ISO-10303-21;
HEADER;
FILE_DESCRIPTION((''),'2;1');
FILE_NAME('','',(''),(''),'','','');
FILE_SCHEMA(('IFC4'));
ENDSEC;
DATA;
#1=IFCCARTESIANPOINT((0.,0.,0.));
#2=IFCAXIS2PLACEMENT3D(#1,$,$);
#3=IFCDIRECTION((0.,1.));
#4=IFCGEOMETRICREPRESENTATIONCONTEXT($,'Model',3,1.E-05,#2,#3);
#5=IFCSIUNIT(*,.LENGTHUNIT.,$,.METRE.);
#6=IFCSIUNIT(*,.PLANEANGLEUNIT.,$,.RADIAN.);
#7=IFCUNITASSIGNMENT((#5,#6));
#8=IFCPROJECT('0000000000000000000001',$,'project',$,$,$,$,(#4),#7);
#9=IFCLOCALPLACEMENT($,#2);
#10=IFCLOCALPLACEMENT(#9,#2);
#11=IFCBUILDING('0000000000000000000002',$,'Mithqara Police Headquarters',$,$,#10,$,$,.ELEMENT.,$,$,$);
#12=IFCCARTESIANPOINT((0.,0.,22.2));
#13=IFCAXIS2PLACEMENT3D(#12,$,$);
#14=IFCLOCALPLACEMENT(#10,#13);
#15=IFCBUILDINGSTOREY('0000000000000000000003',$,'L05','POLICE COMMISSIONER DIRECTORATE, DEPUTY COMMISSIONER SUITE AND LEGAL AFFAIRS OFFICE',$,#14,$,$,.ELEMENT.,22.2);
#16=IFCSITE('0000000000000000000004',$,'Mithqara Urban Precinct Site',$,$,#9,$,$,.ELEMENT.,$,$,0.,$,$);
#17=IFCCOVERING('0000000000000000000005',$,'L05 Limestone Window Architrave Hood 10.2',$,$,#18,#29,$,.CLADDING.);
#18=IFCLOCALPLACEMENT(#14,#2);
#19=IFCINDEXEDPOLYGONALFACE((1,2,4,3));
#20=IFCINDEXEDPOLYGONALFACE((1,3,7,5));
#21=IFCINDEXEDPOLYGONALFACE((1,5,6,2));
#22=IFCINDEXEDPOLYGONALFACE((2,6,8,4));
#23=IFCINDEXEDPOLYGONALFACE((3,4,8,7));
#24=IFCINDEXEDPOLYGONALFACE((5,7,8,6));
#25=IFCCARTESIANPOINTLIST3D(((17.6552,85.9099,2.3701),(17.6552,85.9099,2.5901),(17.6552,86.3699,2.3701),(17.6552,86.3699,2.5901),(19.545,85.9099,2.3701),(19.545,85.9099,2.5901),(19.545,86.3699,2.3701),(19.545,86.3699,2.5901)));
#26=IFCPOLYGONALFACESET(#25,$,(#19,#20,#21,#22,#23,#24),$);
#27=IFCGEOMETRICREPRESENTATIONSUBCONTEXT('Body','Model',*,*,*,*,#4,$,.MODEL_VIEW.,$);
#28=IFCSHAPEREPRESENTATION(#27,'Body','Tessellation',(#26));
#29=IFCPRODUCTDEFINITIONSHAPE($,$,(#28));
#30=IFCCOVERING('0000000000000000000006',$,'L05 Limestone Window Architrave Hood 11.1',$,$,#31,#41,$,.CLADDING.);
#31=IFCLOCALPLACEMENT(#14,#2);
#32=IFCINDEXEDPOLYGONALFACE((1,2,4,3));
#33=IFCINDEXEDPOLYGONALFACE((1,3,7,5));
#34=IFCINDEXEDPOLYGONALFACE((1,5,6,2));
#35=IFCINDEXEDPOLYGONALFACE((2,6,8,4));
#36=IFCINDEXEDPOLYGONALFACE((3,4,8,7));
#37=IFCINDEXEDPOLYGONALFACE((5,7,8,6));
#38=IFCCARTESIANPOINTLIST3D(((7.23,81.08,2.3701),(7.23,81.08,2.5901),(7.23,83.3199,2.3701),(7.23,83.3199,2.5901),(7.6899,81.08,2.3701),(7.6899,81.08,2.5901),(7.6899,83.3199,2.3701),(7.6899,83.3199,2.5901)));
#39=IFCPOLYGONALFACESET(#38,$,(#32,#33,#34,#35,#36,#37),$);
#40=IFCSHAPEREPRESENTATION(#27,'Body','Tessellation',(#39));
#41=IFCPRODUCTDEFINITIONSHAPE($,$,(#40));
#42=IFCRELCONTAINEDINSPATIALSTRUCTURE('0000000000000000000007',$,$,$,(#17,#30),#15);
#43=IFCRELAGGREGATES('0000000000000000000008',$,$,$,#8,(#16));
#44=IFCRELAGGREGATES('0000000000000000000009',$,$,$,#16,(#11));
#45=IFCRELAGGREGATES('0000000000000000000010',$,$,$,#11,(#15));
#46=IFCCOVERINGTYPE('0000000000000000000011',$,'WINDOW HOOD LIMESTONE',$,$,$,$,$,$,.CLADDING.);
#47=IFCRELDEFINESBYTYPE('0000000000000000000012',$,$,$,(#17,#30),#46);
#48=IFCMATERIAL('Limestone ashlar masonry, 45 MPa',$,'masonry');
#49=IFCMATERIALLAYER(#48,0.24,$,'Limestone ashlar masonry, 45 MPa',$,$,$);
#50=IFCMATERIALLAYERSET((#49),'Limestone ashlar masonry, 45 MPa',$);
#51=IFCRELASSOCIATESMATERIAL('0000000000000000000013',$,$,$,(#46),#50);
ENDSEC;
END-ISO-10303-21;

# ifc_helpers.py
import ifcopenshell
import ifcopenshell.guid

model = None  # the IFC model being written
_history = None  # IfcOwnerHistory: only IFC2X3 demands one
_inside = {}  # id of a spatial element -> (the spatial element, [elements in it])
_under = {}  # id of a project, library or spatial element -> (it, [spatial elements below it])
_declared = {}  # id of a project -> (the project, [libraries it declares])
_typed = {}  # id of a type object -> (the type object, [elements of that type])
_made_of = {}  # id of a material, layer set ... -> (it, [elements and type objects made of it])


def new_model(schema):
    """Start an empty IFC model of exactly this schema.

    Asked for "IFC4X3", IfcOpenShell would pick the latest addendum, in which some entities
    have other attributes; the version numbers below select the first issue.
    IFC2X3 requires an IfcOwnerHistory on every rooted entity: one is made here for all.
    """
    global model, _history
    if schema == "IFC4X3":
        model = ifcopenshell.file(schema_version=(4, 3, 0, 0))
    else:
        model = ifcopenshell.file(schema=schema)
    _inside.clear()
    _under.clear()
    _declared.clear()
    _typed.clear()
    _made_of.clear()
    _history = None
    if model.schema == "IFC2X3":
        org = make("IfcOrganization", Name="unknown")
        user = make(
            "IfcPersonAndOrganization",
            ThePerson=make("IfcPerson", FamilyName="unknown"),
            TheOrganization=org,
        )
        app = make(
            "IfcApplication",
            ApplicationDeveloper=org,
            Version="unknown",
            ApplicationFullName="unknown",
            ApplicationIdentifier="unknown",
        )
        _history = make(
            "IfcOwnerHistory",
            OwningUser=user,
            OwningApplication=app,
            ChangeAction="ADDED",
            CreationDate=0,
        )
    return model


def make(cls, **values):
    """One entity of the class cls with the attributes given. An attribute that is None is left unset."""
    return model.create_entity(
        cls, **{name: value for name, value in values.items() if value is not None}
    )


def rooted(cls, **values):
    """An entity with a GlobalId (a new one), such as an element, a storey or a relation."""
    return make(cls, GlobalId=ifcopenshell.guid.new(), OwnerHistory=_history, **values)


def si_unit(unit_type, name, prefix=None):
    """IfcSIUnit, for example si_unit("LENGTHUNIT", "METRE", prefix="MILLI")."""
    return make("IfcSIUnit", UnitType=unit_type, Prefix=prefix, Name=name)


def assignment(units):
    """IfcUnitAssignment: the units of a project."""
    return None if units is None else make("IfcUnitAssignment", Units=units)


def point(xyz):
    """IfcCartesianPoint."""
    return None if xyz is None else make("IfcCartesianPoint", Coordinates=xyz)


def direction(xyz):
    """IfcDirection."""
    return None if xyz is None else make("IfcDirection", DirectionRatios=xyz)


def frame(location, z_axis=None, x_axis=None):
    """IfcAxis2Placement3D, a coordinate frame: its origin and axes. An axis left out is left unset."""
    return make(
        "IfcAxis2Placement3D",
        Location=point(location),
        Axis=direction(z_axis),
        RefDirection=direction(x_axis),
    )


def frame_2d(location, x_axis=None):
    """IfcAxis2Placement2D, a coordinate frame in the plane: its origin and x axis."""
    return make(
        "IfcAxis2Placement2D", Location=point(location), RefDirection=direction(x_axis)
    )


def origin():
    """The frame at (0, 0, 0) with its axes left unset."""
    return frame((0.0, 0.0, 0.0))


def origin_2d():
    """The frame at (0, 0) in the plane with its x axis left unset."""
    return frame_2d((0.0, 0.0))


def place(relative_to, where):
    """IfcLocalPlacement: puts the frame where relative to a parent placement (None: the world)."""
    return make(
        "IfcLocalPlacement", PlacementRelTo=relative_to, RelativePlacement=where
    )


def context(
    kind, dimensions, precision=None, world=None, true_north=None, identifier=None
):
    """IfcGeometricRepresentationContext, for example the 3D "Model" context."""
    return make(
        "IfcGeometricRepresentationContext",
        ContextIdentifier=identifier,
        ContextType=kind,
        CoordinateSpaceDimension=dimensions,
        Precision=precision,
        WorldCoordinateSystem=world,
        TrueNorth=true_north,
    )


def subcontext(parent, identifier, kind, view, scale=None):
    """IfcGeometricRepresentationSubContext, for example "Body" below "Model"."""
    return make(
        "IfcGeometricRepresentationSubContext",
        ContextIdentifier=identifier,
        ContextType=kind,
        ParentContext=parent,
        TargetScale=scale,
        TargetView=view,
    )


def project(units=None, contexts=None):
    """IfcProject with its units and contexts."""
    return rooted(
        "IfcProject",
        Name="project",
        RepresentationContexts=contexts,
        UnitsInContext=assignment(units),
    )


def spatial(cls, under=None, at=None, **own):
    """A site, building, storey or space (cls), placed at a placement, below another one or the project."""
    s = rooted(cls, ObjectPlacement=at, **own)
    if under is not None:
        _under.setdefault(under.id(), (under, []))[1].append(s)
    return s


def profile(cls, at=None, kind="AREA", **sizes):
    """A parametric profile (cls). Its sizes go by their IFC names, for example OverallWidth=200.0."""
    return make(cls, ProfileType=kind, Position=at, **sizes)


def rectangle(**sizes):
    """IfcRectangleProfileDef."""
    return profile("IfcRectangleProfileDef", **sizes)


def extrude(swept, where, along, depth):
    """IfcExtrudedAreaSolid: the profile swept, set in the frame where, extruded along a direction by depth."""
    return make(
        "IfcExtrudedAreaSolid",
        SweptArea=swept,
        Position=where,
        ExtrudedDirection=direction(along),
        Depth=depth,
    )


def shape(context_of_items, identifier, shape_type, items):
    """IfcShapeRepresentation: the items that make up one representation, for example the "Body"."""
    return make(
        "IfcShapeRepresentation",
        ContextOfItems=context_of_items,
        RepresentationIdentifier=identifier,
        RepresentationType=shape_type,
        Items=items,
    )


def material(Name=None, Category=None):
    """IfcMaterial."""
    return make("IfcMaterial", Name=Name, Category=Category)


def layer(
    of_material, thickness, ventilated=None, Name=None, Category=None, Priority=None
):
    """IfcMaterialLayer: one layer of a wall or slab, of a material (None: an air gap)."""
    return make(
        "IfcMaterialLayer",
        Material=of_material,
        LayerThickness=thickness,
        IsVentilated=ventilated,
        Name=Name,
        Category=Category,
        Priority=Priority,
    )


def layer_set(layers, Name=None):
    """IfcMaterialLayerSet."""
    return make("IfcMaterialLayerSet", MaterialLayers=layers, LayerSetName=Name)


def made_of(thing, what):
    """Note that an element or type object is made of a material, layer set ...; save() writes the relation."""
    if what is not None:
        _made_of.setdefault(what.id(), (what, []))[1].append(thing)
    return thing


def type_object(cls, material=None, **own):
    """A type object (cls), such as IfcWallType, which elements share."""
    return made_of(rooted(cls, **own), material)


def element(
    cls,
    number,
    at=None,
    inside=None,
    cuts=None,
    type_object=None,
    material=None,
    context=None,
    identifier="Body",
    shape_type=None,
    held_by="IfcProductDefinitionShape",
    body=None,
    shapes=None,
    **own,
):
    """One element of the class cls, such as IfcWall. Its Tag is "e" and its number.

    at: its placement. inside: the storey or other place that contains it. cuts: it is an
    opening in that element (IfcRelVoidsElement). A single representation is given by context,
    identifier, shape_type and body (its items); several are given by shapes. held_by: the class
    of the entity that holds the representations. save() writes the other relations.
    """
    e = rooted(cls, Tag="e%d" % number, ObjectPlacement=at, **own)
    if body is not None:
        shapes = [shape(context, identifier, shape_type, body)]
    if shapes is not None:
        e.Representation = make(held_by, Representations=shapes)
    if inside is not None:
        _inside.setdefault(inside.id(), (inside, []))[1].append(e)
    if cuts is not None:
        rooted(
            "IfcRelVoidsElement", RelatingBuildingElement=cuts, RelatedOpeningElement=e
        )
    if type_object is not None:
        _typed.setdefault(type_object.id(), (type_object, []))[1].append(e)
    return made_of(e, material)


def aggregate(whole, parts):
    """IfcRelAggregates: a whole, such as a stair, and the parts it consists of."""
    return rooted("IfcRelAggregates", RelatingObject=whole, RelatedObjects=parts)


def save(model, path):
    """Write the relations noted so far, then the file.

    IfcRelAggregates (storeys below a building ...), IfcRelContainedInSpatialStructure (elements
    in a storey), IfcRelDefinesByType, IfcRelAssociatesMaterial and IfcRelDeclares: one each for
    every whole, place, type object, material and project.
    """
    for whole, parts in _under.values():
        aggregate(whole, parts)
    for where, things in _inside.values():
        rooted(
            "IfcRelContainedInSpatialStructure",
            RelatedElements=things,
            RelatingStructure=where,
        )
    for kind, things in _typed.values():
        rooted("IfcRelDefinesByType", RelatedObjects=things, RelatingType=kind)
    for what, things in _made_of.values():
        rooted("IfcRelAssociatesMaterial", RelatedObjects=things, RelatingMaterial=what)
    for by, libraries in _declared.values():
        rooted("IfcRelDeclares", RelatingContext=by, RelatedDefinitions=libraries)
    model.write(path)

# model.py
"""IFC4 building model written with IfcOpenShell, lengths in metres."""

from ifc_helpers import new_model, si_unit, direction, frame, origin, origin_2d, place, context, subcontext, project, spatial, rectangle, extrude, material, layer, layer_set, type_object, element, save


model = new_model("IFC4")

# Units and contexts
model_context = context("Model", 3, precision=1e-05, world=origin(), true_north=direction((0.0, 1.0)))
body_context = subcontext(model_context, "Body", "Model", "MODEL_VIEW")
ifc_project = project(units=[si_unit("LENGTHUNIT", "METRE"), si_unit("PLANEANGLEUNIT", "RADIAN")], contexts=[model_context])

# Site, building, storey
site_placement = place(None, origin())
site = spatial("IfcSite", under=ifc_project, at=site_placement, Name="Mithqara Urban Precinct Site", CompositionType="ELEMENT", RefElevation=0.0)
building_placement = place(site_placement, origin())
building = spatial("IfcBuilding", under=site, at=building_placement, Name="Mithqara Police Headquarters", CompositionType="ELEMENT")
storey_placement = place(building_placement, frame((0.0, 0.0, 22.2)))
storey = spatial("IfcBuildingStorey", under=building, at=storey_placement, Name="L05", Description="POLICE COMMISSIONER DIRECTORATE, DEPUTY COMMISSIONER SUITE AND LEGAL AFFAIRS OFFICE", CompositionType="ELEMENT", Elevation=22.2)

# Coverings
ifc_material_1 = material(Name="Limestone ashlar masonry, 45 MPa", Category="masonry")
ifc_layer_1 = layer(ifc_material_1, 0.24, Name="Limestone ashlar masonry, 45 MPa")
ifc_layer_set_1 = layer_set([ifc_layer_1], Name="Limestone ashlar masonry, 45 MPa")
covering_type_1 = type_object("IfcCoveringType", Name="WINDOW HOOD LIMESTONE", PredefinedType="CLADDING", material=ifc_layer_set_1)
for number, where, z_axis, x_axis, name in (
    (1, (18.6001, 86.1399, 2.3701), (0.0, 0.0, 1.0), (1.0, 0.0, 0.0), "L05 Limestone Window Architrave Hood 10.2"),
):
    element("IfcCovering", number, at=place(storey_placement, frame(where, z_axis=z_axis, x_axis=x_axis)), inside=storey, type_object=covering_type_1, Name=name, PredefinedType="CLADDING", context=body_context, shape_type="SweptSolid", body=[
        extrude(rectangle(XDim=1.8899, YDim=0.46, at=origin_2d()), origin(), (0.0, 0.0, 1.0), 0.22),
    ])
covering_1_placement = place(storey_placement, frame((7.46, 82.2, 2.3701), z_axis=(0.0, 0.0, 1.0), x_axis=(0.0, 1.0, 0.0)))
element("IfcCovering", 2, at=covering_1_placement, inside=storey, type_object=covering_type_1, Name="L05 Limestone Window Architrave Hood 11.1", PredefinedType="CLADDING", context=body_context, shape_type="SweptSolid", body=[
    extrude(rectangle(XDim=2.24, YDim=0.46, at=origin_2d()), origin(), (0.0, 0.0, 1.0), 0.22),
])

save(model, "model.ifc")
